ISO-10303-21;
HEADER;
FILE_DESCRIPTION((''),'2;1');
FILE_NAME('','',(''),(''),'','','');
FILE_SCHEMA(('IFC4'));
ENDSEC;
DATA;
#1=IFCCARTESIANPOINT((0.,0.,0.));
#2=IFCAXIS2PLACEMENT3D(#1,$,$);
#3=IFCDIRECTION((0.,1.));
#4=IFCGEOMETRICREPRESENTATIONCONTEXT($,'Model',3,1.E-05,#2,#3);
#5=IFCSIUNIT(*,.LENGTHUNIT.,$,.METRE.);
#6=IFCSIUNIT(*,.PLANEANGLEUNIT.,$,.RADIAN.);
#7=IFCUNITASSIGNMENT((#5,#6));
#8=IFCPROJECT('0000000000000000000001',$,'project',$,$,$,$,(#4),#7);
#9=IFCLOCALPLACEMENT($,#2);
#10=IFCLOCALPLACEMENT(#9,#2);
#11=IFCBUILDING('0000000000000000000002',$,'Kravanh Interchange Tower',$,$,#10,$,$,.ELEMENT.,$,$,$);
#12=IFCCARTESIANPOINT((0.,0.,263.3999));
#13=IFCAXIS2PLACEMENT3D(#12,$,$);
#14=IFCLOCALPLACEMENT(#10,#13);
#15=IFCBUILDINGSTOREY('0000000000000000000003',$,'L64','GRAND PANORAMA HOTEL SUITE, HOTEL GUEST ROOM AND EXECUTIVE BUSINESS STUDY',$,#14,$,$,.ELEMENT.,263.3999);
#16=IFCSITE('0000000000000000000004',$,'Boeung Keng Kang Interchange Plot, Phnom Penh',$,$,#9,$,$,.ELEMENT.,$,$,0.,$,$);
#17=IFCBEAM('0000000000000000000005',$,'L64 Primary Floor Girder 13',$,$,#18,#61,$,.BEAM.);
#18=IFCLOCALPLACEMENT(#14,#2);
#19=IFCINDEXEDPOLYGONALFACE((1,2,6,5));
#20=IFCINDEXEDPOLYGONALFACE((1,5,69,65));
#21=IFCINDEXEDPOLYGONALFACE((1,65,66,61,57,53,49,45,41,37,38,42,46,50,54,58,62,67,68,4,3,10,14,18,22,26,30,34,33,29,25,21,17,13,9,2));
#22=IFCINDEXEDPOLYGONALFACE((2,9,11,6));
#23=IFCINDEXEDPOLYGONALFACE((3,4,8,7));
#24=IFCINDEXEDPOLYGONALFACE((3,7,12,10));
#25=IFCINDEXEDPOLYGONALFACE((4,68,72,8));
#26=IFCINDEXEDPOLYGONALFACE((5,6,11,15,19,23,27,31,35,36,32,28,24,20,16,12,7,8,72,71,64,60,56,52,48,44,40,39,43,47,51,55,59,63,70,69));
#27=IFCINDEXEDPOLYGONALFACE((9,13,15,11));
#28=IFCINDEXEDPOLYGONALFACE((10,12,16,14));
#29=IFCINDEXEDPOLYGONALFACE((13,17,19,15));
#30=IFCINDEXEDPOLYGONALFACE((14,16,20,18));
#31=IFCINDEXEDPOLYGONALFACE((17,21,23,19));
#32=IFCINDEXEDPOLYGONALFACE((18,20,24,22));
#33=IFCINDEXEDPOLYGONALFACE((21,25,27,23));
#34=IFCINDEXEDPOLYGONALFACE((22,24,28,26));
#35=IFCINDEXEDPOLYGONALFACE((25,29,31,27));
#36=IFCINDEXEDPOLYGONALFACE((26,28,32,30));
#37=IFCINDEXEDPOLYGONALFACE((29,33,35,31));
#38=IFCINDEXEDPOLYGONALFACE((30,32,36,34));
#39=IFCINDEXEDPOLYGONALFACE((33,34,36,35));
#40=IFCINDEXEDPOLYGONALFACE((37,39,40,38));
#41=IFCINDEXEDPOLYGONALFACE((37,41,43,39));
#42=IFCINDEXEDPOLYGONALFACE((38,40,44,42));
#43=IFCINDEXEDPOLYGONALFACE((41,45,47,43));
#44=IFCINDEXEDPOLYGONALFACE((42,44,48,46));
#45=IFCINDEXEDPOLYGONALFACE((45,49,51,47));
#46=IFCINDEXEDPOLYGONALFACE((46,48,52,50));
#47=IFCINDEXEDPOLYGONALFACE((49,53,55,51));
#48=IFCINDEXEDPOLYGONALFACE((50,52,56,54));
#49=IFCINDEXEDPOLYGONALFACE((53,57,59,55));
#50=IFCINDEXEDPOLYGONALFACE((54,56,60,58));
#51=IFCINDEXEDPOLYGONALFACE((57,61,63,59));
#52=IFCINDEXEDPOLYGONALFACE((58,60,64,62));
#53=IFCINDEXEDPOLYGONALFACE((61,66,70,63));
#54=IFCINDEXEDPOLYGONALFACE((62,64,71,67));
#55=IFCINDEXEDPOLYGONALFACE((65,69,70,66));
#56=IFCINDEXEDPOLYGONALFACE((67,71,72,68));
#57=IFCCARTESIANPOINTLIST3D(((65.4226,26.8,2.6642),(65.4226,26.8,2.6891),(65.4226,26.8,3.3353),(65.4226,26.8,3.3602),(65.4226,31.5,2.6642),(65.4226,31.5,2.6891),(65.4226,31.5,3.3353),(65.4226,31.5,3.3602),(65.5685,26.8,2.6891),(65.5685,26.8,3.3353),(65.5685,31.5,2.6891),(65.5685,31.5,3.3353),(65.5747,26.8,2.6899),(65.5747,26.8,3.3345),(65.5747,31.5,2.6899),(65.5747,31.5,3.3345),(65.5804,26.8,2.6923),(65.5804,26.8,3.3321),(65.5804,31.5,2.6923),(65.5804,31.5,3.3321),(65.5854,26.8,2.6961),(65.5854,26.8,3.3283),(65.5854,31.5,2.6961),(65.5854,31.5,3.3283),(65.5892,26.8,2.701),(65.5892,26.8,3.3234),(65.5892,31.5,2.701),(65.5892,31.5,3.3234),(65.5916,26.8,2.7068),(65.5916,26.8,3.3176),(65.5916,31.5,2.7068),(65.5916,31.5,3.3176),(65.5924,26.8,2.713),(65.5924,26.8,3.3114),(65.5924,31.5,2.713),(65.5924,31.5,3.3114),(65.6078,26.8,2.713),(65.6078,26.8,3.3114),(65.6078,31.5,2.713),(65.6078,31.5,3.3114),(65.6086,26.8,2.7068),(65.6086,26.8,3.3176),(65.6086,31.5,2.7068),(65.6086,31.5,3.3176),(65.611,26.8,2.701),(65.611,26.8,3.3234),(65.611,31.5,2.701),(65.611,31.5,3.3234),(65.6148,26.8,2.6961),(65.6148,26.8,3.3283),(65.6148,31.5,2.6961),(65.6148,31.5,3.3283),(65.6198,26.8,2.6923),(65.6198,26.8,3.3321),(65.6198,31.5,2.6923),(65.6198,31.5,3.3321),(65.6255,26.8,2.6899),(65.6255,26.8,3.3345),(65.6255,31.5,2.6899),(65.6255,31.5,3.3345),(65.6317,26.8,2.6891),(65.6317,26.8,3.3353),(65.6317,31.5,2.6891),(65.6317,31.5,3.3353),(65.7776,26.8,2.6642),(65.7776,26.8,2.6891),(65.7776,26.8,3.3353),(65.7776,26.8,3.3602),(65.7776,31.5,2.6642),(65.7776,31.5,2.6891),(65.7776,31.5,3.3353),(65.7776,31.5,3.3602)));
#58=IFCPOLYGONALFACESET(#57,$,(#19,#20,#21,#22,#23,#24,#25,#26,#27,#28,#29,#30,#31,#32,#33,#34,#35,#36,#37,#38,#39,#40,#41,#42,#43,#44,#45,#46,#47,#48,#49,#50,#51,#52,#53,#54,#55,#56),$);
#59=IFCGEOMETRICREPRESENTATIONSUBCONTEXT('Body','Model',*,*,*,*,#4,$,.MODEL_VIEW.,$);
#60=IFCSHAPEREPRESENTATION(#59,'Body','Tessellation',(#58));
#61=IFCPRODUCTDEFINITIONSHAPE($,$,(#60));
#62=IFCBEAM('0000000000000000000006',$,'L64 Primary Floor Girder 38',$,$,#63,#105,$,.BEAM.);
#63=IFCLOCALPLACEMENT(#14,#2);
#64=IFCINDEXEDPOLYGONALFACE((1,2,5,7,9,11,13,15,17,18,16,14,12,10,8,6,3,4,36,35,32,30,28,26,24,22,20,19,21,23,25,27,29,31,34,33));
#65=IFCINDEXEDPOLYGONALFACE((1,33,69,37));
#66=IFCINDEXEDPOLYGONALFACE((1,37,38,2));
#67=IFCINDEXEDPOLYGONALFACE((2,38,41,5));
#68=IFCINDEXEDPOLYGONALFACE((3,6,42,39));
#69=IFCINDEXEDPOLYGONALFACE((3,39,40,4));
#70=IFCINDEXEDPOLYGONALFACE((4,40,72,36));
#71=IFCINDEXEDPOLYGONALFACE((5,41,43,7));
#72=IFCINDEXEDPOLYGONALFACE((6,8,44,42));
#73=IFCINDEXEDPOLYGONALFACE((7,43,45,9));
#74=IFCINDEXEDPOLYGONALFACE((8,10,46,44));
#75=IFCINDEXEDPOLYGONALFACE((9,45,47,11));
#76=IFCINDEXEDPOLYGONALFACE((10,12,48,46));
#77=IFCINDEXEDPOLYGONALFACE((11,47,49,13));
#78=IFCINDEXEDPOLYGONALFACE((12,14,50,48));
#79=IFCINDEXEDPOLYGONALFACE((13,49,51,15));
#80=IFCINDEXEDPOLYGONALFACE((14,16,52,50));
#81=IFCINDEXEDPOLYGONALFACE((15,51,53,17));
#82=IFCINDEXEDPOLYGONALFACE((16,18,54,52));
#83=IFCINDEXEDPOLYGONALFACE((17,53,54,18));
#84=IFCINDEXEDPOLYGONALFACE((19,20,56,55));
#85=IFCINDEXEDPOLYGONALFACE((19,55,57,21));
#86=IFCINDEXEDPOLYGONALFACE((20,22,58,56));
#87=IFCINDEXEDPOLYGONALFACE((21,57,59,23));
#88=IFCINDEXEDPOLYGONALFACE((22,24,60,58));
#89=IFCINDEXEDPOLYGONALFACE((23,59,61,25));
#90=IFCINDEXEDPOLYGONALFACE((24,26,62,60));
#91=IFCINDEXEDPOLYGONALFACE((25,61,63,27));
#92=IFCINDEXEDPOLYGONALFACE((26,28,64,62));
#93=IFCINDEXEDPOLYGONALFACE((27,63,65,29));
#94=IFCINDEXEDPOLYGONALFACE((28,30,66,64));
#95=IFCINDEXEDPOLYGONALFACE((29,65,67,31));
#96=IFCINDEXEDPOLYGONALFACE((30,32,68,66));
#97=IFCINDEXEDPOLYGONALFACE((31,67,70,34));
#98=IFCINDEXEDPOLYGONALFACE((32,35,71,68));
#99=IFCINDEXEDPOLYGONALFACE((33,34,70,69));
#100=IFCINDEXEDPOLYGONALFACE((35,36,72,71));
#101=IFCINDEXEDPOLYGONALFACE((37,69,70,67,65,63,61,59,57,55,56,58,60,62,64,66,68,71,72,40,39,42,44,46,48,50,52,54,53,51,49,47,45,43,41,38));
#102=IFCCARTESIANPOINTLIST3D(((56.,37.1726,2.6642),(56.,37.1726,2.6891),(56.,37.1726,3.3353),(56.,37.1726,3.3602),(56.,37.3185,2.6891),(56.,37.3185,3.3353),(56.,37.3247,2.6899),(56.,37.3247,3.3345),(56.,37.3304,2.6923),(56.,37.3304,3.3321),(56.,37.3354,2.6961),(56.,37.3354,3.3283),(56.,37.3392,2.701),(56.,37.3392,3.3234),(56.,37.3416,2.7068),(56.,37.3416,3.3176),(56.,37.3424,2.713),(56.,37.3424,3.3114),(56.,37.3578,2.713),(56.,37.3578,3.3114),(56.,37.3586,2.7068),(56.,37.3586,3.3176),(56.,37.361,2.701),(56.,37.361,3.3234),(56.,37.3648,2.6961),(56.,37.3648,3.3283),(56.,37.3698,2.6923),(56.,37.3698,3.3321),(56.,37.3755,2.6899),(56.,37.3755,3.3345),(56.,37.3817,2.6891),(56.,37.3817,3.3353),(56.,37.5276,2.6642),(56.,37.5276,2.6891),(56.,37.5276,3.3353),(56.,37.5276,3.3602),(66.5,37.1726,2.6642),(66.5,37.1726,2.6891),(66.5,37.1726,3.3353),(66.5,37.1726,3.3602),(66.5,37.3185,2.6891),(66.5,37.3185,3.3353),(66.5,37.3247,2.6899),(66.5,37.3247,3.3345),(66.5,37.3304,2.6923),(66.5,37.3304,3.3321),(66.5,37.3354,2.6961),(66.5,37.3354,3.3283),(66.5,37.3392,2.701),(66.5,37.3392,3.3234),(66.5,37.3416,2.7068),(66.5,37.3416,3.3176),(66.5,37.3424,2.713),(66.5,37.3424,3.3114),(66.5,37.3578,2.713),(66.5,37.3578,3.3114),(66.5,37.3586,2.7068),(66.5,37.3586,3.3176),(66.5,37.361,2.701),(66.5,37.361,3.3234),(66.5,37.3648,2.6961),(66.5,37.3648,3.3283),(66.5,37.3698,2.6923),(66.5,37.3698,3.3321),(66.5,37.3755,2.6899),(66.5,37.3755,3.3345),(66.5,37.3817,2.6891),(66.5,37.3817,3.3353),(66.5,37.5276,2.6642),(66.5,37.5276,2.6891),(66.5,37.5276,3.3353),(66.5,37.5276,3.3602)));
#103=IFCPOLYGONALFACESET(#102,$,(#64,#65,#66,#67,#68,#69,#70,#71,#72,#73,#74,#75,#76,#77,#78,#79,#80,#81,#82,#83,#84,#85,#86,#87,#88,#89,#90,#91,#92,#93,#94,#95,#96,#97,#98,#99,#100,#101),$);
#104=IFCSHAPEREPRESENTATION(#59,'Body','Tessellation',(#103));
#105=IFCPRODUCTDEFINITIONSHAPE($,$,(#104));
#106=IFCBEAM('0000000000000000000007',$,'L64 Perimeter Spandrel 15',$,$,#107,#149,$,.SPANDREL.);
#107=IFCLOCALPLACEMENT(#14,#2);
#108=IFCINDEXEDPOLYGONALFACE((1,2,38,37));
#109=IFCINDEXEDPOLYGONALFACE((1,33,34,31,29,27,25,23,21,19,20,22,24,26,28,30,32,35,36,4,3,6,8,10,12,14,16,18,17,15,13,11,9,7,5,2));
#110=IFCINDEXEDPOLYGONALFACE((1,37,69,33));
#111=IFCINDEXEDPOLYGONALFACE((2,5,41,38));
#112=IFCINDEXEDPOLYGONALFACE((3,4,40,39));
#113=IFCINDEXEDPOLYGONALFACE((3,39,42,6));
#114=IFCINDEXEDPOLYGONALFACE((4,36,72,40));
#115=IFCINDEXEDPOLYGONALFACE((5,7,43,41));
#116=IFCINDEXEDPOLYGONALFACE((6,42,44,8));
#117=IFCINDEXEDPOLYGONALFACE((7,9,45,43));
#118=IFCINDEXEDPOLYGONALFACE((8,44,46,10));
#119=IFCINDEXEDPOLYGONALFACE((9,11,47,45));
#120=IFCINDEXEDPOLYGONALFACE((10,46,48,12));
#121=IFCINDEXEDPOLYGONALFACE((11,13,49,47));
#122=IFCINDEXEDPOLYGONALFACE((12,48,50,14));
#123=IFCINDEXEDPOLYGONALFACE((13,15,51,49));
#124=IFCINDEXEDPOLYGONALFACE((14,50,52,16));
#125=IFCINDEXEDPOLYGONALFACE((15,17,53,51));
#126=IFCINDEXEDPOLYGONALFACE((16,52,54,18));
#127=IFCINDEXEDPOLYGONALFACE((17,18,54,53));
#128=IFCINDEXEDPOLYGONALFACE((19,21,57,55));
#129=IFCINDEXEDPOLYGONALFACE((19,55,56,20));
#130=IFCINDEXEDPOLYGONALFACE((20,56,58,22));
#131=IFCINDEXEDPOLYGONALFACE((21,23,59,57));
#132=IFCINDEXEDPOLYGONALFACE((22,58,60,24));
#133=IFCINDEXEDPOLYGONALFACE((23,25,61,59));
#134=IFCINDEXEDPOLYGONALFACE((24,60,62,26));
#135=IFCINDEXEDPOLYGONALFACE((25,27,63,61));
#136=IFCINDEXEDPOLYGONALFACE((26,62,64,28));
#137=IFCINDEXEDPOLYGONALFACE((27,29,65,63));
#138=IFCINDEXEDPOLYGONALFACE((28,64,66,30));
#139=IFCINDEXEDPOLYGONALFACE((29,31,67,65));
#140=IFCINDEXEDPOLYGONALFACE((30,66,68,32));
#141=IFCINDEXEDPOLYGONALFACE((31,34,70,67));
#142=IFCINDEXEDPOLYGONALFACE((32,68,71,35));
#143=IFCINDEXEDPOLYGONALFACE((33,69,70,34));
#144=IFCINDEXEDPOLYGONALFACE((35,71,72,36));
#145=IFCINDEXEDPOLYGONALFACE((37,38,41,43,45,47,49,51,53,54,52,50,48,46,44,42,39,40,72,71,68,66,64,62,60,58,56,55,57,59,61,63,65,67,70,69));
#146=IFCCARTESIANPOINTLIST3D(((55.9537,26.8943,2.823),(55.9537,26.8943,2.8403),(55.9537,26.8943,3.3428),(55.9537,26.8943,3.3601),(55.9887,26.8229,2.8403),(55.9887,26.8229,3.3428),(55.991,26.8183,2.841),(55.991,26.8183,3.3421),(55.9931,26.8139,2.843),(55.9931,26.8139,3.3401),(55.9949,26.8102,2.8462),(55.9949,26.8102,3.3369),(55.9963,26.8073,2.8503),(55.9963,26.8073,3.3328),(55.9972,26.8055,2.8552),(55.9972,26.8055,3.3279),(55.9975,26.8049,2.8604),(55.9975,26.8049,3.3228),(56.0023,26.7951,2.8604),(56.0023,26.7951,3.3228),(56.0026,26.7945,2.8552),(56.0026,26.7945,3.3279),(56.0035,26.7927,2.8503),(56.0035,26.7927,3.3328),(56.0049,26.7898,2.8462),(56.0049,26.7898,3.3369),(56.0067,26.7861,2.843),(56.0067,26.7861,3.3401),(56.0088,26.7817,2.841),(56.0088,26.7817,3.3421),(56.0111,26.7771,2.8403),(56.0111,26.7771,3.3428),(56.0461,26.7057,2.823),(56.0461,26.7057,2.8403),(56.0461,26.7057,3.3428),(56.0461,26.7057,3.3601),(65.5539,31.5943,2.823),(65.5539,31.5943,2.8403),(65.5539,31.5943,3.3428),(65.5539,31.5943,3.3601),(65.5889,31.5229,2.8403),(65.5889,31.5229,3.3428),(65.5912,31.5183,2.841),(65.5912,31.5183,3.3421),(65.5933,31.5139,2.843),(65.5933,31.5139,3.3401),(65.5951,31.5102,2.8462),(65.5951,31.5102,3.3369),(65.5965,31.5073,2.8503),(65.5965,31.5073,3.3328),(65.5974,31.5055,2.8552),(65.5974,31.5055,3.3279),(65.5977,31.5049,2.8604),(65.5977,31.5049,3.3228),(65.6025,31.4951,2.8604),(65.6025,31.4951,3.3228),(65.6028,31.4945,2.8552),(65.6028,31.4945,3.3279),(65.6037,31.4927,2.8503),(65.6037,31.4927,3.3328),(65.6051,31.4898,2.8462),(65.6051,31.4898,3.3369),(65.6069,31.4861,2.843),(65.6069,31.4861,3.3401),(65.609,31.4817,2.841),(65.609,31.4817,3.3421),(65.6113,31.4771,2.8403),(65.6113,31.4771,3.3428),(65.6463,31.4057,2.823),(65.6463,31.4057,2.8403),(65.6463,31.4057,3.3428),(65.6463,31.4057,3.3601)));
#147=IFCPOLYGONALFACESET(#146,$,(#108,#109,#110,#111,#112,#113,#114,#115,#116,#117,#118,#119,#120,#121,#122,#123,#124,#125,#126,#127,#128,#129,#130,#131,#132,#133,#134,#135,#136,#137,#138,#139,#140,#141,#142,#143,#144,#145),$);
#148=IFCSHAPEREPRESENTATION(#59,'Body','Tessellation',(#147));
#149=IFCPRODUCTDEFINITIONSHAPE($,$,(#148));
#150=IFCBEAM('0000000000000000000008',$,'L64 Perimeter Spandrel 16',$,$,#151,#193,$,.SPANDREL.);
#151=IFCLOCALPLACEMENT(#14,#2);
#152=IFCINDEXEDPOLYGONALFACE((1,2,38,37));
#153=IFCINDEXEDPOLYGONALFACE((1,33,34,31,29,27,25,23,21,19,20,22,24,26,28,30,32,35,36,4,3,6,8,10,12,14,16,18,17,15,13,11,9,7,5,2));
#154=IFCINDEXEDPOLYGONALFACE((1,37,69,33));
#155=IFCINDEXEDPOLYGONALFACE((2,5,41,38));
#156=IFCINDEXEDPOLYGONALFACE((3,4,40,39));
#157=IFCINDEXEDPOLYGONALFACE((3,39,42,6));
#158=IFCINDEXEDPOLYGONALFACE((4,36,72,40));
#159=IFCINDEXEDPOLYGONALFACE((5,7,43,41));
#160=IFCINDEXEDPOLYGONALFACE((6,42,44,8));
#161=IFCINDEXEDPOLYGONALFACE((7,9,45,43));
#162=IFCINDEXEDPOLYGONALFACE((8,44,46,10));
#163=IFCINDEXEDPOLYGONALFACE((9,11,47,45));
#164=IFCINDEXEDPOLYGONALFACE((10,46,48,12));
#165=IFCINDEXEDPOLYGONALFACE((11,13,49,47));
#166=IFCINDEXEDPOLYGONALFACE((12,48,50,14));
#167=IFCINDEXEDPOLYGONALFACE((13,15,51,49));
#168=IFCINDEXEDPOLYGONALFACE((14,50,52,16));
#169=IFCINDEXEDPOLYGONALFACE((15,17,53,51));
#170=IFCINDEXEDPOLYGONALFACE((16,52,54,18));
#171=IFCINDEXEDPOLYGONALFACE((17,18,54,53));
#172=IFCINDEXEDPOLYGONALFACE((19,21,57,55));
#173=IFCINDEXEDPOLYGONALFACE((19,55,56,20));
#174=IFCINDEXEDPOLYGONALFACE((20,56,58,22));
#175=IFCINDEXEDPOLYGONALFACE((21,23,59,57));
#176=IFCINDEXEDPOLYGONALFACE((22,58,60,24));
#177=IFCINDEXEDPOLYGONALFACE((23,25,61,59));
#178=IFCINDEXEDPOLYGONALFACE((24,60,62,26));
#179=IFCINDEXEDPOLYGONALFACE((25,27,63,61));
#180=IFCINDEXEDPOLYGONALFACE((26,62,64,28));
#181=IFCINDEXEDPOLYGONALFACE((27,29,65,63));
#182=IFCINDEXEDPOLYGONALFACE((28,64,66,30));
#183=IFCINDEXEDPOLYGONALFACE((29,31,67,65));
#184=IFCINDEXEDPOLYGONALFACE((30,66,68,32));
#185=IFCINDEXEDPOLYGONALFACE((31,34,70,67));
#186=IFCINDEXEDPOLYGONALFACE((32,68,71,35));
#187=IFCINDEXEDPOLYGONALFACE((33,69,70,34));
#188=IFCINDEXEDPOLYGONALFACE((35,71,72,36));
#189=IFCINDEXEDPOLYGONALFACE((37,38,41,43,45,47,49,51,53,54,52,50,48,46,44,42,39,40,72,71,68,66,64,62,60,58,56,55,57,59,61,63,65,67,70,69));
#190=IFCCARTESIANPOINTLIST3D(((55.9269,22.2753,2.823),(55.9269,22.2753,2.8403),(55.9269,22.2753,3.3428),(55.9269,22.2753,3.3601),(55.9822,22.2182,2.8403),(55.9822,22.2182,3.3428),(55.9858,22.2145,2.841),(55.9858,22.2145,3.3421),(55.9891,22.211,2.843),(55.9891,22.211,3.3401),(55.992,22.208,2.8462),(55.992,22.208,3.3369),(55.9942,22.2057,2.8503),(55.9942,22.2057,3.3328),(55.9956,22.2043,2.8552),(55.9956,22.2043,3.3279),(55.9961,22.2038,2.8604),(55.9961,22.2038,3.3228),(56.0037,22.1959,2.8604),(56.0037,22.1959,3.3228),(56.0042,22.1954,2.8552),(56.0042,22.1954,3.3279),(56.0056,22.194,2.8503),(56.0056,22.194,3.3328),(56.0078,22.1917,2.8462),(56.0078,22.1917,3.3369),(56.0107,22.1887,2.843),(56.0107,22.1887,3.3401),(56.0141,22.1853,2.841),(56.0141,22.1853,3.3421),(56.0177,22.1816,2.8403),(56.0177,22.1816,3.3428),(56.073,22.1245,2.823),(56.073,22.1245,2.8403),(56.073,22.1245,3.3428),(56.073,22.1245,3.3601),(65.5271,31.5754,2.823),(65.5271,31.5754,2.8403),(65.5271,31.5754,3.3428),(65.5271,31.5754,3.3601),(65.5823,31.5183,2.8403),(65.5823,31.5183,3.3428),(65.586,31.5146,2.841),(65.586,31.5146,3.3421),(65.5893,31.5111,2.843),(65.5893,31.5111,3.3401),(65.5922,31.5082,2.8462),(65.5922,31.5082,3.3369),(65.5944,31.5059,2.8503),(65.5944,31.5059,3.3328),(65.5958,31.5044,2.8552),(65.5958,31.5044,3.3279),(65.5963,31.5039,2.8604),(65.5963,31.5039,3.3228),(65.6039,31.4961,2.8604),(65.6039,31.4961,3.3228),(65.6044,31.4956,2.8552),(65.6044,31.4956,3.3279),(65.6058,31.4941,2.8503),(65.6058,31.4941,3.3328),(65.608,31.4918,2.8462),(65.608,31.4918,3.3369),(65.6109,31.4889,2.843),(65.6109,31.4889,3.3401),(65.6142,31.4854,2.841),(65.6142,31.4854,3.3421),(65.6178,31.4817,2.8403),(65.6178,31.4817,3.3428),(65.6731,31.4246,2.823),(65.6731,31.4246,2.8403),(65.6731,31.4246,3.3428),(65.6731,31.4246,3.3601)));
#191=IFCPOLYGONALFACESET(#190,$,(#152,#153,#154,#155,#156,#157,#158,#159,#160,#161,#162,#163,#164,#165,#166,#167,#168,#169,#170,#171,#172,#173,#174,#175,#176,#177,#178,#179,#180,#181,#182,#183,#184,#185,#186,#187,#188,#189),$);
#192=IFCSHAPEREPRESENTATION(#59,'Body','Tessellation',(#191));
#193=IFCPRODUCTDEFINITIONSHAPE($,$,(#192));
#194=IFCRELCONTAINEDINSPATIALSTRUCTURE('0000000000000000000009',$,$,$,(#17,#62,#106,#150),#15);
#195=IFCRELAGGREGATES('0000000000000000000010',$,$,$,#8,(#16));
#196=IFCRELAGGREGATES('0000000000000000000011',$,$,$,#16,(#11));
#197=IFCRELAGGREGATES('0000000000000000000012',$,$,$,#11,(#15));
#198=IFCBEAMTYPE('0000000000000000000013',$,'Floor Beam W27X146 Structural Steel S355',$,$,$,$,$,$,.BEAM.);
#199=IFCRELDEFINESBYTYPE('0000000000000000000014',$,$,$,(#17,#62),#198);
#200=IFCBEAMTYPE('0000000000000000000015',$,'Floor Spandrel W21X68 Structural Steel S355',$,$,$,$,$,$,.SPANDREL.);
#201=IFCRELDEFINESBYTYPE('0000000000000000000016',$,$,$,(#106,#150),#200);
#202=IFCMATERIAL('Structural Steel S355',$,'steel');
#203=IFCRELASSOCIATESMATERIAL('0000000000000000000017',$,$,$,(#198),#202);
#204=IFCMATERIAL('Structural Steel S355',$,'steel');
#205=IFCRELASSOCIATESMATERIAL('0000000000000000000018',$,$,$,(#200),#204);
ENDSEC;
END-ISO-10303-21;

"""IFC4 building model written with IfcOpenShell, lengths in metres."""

from ifc_helpers import new_model, si_unit, direction, frame, origin, origin_2d, place, context, subcontext, project, spatial, i_section, extrude, material, material_profile, profile_set, type_object, element, save


model = new_model("IFC4")

# Units and contexts
model_context = context("Model", 3, precision=1e-05, world=origin(), true_north=direction((0.0, 1.0)))
body_context = subcontext(model_context, "Body", "Model", "MODEL_VIEW")
ifc_project = project(units=[si_unit("LENGTHUNIT", "METRE"), si_unit("PLANEANGLEUNIT", "RADIAN")], contexts=[model_context])

# Site, building, storey
site_placement = place(None, origin())
site = spatial("IfcSite", under=ifc_project, at=site_placement, Name="Boeung Keng Kang Interchange Plot, Phnom Penh", CompositionType="ELEMENT", RefElevation=0.0)
building_placement = place(site_placement, origin())
building = spatial("IfcBuilding", under=site, at=building_placement, Name="Kravanh Interchange Tower", CompositionType="ELEMENT")
storey_placement = place(building_placement, frame((0.0, 0.0, 263.3999)))
storey = spatial("IfcBuildingStorey", under=building, at=storey_placement, Name="L64", Description="GRAND PANORAMA HOTEL SUITE, HOTEL GUEST ROOM AND EXECUTIVE BUSINESS STUDY", CompositionType="ELEMENT", Elevation=263.3999)

# Beams
ifc_material_1 = material(Name="Structural Steel S355", Category="steel")
ifc_material_profile_1 = material_profile(ifc_material_1, i_section(OverallWidth=0.355, OverallDepth=0.696, WebThickness=0.0154, FlangeThickness=0.0249, FilletRadius=0.0239, at=origin_2d()), Name="W27X146")
ifc_profile_set_1 = profile_set([ifc_material_profile_1], Name="Structural Steel S355")
beam_type_1 = type_object("IfcBeamType", Name="Floor Beam W27X146 Structural Steel S355", PredefinedType="BEAM", material=ifc_profile_set_1)
beam_1_placement = place(storey_placement, frame((65.6001, 31.5, 3.0122), z_axis=(0.0, -1.0, 0.0), x_axis=(1.0, 0.0, 0.0)))
element("IfcBeam", 1, at=beam_1_placement, inside=storey, type_object=beam_type_1, Name="L64 Primary Floor Girder 13", PredefinedType="BEAM", context=body_context, shape_type="SweptSolid", body=[
    extrude(i_section(OverallWidth=0.355, OverallDepth=0.696, WebThickness=0.0154, FlangeThickness=0.0249, FilletRadius=0.0239, at=origin_2d()), origin(), (0.0, 0.0, 1.0), 4.7),
])
beam_2_placement = place(storey_placement, frame((66.5, 37.3501, 3.0122), z_axis=(-1.0, 0.0, 0.0), x_axis=(0.0, -1.0, 0.0)))
element("IfcBeam", 2, at=beam_2_placement, inside=storey, type_object=beam_type_1, Name="L64 Primary Floor Girder 38", PredefinedType="BEAM", context=body_context, shape_type="SweptSolid", body=[
    extrude(i_section(OverallWidth=0.355, OverallDepth=0.696, WebThickness=0.0154, FlangeThickness=0.0249, FilletRadius=0.0239, at=origin_2d()), origin(), (0.0, 0.0, 1.0), 10.5),
])
ifc_material_2 = material(Name="Structural Steel S355", Category="steel")
ifc_material_profile_2 = material_profile(ifc_material_2, i_section(OverallWidth=0.21, OverallDepth=0.5371, WebThickness=0.011, FlangeThickness=0.0173, FilletRadius=0.02, at=origin_2d()), Name="W21X68")
ifc_profile_set_2 = profile_set([ifc_material_profile_2], Name="Structural Steel S355")
beam_type_2 = type_object("IfcBeamType", Name="Floor Spandrel W21X68 Structural Steel S355", PredefinedType="SPANDREL", material=ifc_profile_set_2)
beam_3_placement = place(storey_placement, frame((65.6001, 31.5, 3.0916), z_axis=(-0.898142, -0.439706, 0.0), x_axis=(0.439706, -0.898142, 0.0)))
element("IfcBeam", 3, at=beam_3_placement, inside=storey, type_object=beam_type_2, Name="L64 Perimeter Spandrel 15", PredefinedType="SPANDREL", context=body_context, shape_type="SweptSolid", body=[
    extrude(i_section(OverallWidth=0.21, OverallDepth=0.5371, WebThickness=0.011, FlangeThickness=0.0173, FilletRadius=0.02, at=origin_2d()), origin(), (0.0, 0.0, 1.0), 10.689),
])
beam_4_placement = place(storey_placement, frame((65.6001, 31.5, 3.0916), z_axis=(-0.718242, -0.695793, 0.0), x_axis=(0.695793, -0.718242, 0.0)))
element("IfcBeam", 4, at=beam_4_placement, inside=storey, type_object=beam_type_2, Name="L64 Perimeter Spandrel 16", PredefinedType="SPANDREL", context=body_context, shape_type="SweptSolid", body=[
    extrude(i_section(OverallWidth=0.21, OverallDepth=0.5371, WebThickness=0.011, FlangeThickness=0.0173, FilletRadius=0.02, at=origin_2d()), origin(), (0.0, 0.0, 1.0), 13.3662),
])

save(model, "model.ifc")
